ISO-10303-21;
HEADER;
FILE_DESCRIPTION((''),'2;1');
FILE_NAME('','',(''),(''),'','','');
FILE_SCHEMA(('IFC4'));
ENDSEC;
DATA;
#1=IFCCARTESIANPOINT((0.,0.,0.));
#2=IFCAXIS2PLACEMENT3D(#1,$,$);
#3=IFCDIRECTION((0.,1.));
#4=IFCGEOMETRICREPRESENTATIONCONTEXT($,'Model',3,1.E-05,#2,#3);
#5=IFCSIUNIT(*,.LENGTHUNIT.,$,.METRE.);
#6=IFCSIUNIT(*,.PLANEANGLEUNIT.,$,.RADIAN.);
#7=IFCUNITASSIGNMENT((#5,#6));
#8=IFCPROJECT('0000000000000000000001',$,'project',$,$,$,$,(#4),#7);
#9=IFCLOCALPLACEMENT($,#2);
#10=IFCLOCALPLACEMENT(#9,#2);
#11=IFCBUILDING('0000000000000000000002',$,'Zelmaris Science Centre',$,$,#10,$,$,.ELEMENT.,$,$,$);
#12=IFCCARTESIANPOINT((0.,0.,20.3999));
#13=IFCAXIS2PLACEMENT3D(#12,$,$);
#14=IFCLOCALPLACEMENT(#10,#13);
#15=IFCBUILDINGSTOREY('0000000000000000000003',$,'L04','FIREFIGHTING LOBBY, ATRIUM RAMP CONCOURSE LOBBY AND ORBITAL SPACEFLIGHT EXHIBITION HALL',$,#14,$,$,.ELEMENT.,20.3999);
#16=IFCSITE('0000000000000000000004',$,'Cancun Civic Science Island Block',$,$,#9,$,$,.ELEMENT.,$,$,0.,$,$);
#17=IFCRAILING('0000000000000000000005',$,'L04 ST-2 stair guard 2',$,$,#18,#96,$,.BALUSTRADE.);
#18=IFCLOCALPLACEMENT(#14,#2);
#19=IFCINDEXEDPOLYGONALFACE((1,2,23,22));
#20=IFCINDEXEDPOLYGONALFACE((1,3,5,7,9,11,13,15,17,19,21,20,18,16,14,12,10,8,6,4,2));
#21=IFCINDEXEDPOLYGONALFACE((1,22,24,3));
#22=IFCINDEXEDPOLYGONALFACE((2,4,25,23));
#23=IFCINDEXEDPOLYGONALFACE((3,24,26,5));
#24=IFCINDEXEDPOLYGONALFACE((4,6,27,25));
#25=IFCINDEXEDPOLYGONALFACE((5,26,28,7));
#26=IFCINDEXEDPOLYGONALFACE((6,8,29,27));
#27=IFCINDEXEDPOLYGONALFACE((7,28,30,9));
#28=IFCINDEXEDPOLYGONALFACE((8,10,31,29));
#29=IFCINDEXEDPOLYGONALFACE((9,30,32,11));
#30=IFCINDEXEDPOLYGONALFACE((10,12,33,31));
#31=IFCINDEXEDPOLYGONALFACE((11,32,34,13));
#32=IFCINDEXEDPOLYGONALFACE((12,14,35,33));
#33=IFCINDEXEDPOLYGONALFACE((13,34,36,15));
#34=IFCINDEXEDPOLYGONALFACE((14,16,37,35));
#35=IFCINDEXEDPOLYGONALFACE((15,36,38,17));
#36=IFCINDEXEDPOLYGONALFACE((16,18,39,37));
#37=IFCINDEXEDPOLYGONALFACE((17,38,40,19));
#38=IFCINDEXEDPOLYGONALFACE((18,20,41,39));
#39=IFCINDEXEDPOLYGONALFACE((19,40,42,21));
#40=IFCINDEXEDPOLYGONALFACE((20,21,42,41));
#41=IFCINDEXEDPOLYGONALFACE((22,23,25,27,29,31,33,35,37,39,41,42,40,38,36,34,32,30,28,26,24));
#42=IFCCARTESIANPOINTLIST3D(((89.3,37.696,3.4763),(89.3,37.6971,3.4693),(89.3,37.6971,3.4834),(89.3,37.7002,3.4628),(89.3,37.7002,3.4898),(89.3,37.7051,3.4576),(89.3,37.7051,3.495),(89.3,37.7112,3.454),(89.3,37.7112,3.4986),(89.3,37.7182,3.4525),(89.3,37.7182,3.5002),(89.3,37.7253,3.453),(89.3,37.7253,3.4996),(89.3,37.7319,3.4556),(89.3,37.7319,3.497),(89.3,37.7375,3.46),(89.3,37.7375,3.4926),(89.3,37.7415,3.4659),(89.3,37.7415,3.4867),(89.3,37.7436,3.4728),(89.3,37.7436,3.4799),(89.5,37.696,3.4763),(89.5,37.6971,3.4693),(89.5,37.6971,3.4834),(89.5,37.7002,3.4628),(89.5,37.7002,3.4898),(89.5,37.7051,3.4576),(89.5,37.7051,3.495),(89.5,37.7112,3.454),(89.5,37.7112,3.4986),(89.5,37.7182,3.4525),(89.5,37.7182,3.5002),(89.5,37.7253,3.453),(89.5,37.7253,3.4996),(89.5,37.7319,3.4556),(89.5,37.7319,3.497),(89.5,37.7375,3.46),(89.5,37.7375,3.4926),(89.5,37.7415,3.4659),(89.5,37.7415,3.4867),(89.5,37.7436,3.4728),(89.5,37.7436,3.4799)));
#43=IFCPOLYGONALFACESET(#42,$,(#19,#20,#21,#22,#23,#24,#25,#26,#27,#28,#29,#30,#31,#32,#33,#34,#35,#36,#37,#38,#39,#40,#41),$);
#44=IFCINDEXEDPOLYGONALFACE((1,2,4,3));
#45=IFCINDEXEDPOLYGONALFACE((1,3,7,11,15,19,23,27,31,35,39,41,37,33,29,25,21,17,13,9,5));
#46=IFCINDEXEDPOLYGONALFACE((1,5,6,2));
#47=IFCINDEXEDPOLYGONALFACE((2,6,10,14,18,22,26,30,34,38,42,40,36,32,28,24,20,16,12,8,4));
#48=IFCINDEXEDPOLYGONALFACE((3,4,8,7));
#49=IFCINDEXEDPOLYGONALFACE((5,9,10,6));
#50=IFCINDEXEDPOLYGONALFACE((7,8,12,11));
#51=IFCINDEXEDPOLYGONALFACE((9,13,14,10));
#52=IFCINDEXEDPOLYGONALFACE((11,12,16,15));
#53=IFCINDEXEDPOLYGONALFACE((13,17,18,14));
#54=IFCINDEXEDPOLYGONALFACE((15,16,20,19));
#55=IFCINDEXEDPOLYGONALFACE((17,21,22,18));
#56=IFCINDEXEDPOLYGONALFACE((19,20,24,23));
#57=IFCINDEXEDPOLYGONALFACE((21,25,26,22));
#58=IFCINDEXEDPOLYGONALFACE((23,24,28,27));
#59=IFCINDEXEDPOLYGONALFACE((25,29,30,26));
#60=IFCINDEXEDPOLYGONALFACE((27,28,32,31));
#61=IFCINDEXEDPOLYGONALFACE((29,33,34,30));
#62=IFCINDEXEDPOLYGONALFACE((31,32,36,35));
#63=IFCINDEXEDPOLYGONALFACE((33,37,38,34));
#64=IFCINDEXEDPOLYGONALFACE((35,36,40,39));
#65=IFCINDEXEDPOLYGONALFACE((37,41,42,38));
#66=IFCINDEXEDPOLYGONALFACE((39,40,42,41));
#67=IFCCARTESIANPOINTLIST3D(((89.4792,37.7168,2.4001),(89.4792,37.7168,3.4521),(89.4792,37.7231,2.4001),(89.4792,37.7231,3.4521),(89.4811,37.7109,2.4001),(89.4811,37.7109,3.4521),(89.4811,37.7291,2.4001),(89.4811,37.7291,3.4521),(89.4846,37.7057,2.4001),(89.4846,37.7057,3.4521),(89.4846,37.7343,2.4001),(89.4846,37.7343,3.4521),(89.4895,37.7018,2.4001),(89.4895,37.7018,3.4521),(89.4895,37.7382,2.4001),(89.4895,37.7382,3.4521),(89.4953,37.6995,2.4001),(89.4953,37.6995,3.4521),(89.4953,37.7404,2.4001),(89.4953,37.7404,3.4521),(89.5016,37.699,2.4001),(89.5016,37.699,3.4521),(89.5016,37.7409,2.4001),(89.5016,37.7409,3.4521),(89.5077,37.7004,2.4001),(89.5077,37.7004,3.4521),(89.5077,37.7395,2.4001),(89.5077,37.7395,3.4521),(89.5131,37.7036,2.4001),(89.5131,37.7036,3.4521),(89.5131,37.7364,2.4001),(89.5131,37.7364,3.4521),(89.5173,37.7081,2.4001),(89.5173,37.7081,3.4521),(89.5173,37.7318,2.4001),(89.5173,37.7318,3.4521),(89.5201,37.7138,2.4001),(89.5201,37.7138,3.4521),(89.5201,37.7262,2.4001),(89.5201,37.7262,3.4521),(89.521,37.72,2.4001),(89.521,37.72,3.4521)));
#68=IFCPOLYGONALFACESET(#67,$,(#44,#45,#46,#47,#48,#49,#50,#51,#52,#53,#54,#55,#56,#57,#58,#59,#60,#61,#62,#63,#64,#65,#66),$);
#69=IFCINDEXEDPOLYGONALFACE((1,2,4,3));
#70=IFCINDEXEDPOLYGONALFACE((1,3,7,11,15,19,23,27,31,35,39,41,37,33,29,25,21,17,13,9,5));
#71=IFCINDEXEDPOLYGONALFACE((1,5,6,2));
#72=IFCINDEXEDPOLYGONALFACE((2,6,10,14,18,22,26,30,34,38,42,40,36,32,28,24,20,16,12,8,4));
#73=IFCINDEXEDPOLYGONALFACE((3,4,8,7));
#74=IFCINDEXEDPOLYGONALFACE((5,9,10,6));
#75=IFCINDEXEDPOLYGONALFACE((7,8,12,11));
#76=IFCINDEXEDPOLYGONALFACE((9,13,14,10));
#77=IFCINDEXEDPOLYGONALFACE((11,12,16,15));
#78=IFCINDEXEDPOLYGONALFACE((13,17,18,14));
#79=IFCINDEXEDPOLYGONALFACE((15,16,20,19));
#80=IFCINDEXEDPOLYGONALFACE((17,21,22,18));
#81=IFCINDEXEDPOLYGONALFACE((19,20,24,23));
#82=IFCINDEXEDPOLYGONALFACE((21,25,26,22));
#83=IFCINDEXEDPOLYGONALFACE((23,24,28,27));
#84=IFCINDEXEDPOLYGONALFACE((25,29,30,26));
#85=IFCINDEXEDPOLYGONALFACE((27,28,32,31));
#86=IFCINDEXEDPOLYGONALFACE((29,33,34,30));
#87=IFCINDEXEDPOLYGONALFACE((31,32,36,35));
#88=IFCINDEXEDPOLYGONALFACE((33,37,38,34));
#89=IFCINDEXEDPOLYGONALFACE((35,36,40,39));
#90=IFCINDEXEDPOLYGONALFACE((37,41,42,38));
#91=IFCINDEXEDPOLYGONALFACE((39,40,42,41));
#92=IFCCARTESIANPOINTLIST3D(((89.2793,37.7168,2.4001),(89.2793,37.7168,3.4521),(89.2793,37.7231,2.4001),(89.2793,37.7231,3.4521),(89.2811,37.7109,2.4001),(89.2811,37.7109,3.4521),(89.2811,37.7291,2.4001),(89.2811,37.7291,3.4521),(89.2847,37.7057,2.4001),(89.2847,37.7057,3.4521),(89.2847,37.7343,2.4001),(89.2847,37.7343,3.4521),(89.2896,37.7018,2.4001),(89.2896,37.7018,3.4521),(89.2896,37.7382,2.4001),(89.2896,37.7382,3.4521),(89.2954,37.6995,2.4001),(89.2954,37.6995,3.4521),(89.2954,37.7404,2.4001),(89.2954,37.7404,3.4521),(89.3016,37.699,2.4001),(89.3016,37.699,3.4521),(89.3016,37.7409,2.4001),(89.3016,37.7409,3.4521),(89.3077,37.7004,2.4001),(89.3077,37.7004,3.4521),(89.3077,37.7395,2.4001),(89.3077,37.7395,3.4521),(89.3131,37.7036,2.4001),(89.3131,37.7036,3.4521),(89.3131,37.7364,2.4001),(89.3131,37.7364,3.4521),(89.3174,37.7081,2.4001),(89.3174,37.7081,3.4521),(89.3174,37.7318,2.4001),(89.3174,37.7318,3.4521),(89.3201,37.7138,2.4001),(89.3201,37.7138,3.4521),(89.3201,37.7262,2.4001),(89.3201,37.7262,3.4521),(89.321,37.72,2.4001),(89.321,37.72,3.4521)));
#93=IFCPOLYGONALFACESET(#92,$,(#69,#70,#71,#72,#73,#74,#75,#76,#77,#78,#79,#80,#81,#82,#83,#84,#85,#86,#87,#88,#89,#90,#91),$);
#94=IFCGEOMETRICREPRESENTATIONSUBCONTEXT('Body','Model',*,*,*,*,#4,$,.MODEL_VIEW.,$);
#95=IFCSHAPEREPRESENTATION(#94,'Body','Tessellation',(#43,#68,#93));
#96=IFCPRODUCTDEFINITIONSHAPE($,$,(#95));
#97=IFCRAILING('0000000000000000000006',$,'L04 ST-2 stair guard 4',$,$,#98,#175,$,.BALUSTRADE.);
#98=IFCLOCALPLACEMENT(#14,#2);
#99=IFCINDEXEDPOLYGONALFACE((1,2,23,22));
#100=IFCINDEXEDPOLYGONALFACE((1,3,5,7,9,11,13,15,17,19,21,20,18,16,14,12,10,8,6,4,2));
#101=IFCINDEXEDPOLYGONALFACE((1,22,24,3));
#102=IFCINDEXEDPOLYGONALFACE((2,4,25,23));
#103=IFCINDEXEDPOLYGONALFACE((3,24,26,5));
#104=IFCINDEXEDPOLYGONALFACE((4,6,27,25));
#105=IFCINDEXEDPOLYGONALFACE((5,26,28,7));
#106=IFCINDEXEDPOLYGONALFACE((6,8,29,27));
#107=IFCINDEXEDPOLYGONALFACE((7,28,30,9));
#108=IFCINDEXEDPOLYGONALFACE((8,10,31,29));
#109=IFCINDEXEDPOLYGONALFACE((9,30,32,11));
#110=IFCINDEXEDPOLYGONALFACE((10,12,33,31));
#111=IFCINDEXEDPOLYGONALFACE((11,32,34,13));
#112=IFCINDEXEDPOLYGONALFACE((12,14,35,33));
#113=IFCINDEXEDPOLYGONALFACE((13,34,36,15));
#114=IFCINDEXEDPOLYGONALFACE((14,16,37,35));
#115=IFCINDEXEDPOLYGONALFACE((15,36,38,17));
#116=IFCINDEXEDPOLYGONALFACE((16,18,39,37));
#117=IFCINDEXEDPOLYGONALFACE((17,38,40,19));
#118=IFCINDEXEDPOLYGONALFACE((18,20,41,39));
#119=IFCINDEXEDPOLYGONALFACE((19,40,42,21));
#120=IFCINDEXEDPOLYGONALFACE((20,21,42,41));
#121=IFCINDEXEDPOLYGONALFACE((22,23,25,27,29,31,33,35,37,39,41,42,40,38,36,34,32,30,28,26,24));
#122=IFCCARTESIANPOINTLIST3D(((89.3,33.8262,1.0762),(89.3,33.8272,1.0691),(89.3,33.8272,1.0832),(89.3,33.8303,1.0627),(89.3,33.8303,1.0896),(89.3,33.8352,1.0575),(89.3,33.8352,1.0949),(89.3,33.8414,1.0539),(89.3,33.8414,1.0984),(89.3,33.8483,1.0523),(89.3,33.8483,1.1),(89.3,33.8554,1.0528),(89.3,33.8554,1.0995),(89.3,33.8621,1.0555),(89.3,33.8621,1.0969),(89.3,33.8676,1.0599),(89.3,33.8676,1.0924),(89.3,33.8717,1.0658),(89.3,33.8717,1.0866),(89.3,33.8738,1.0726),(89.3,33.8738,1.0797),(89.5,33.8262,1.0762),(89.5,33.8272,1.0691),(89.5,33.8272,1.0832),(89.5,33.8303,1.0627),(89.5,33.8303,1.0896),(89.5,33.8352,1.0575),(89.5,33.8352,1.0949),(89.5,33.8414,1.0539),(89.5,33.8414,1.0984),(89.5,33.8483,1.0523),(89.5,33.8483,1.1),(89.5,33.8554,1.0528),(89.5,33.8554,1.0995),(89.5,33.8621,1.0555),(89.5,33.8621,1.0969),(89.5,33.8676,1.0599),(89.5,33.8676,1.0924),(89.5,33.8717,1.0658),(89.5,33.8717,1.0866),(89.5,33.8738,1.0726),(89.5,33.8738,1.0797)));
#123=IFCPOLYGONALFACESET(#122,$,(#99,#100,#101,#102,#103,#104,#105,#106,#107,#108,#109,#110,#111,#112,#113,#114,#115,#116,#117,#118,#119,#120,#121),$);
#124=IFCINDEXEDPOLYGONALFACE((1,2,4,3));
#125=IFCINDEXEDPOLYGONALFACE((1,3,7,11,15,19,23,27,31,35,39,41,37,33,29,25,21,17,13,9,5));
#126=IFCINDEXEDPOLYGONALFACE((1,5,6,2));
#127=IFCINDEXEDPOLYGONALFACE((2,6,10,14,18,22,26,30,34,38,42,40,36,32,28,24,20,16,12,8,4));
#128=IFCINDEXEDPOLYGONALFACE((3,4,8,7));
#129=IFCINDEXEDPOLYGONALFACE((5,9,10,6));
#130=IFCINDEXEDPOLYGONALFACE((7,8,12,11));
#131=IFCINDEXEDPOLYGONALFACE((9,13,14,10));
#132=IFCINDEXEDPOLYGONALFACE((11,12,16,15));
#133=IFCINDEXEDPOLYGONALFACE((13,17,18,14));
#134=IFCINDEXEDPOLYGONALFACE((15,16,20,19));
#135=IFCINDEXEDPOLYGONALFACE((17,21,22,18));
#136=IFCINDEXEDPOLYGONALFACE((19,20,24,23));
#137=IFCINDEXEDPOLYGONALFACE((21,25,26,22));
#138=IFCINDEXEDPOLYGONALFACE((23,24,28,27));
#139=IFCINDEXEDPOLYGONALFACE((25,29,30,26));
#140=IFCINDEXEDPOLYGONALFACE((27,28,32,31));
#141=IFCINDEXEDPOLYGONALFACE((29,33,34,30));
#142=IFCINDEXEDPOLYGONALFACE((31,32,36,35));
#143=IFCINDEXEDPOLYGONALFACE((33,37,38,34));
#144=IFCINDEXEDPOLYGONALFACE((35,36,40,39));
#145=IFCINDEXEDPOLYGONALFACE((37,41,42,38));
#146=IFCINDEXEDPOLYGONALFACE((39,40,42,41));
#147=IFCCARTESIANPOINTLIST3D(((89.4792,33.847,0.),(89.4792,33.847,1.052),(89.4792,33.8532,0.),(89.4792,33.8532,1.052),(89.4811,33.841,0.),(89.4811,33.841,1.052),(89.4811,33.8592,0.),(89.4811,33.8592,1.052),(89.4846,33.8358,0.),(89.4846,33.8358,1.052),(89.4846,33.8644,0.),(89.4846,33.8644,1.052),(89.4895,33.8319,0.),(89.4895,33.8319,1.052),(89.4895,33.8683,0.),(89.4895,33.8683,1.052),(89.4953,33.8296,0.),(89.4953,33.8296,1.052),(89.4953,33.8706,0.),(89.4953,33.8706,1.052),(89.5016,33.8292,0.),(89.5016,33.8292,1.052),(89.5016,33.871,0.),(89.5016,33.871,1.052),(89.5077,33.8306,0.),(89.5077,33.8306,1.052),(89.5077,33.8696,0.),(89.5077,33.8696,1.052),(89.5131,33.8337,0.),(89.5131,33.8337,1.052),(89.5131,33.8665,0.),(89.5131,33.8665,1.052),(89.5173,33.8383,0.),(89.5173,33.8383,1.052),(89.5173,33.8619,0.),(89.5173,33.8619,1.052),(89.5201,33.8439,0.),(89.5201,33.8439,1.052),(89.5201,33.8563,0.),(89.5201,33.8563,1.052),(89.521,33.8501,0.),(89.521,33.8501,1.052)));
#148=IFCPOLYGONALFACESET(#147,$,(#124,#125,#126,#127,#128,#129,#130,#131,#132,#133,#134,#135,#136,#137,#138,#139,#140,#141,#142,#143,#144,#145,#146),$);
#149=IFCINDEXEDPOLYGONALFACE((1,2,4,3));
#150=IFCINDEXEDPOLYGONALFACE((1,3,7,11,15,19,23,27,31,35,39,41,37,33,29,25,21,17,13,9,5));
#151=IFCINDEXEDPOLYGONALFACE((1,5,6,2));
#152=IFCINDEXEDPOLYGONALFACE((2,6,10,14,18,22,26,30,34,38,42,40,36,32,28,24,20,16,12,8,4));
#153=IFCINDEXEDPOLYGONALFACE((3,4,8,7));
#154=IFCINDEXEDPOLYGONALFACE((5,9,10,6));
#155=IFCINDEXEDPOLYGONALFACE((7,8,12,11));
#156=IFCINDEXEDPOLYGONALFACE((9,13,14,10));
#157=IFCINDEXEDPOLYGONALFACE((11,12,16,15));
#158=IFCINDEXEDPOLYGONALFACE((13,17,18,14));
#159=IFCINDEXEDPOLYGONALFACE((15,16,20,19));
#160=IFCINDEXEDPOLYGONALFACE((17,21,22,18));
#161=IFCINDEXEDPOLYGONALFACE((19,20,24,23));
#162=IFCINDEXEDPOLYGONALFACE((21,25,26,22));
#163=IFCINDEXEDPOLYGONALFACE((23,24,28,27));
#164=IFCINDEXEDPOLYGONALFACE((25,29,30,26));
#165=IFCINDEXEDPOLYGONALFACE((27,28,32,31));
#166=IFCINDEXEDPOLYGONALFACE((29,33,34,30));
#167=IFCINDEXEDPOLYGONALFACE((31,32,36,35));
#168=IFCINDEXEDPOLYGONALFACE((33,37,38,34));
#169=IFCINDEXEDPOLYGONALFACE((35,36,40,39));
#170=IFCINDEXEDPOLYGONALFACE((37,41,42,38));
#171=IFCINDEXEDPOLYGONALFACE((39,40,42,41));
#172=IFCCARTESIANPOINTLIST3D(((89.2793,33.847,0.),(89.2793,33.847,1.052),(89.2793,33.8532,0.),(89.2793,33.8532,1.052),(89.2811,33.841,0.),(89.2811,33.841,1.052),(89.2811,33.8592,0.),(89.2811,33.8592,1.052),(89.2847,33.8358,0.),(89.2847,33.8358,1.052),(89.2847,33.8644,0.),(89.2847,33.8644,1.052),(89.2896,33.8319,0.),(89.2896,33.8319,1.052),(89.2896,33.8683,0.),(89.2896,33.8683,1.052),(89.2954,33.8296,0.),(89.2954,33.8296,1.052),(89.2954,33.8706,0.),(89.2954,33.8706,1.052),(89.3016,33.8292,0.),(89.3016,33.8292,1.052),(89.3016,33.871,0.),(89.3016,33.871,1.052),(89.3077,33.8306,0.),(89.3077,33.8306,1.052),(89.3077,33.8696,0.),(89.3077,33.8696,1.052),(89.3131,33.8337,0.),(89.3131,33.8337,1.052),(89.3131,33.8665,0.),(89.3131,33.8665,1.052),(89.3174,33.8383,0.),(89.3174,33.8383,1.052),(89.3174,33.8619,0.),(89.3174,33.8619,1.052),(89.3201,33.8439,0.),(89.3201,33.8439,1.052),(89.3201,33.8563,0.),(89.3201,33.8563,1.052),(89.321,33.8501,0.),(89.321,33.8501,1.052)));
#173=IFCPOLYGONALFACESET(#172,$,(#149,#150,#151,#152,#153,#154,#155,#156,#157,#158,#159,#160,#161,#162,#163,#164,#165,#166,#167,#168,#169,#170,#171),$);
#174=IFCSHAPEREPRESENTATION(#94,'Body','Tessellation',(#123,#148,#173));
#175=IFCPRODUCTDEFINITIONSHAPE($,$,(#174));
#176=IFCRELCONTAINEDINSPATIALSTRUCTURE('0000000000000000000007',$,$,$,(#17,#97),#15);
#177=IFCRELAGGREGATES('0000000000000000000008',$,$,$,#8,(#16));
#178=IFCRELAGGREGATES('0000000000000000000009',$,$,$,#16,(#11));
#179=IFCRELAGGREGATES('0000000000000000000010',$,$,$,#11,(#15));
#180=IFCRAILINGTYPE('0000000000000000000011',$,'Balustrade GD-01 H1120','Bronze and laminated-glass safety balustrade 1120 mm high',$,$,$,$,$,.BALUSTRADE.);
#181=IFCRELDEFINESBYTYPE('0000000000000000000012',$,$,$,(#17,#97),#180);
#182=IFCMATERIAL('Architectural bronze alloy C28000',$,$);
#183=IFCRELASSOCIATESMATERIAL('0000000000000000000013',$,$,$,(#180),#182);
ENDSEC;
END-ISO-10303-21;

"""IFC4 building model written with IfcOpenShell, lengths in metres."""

from ifc_helpers import new_model, si_unit, direction, frame, origin, origin_2d, place, context, subcontext, project, spatial, circle, extrude, material, type_object, element, save


model = new_model("IFC4")

# Units and contexts
model_context = context("Model", 3, precision=1e-05, world=origin(), true_north=direction((0.0, 1.0)))
body_context = subcontext(model_context, "Body", "Model", "MODEL_VIEW")
ifc_project = project(units=[si_unit("LENGTHUNIT", "METRE"), si_unit("PLANEANGLEUNIT", "RADIAN")], contexts=[model_context])

# Site, building, storey
site_placement = place(None, origin())
site = spatial("IfcSite", under=ifc_project, at=site_placement, Name="Cancun Civic Science Island Block", CompositionType="ELEMENT", RefElevation=0.0)
building_placement = place(site_placement, origin())
building = spatial("IfcBuilding", under=site, at=building_placement, Name="Zelmaris Science Centre", CompositionType="ELEMENT")
storey_placement = place(building_placement, frame((0.0, 0.0, 20.3999)))
storey = spatial("IfcBuildingStorey", under=building, at=storey_placement, Name="L04", Description="FIREFIGHTING LOBBY, ATRIUM RAMP CONCOURSE LOBBY AND ORBITAL SPACEFLIGHT EXHIBITION HALL", CompositionType="ELEMENT", Elevation=20.3999)

# Railings
ifc_material_1 = material(Name="Architectural bronze alloy C28000")
railing_type_1 = type_object("IfcRailingType", Name="Balustrade GD-01 H1120", Description="Bronze and laminated-glass safety balustrade 1120 mm high", PredefinedType="BALUSTRADE", material=ifc_material_1)
for number, where, name in (
    (1, (89.5, 37.72, 2.4001), "L04 ST-2 stair guard 2"),
    (2, (89.5, 33.8501, 0.0), "L04 ST-2 stair guard 4"),
):
    element("IfcRailing", number, at=place(storey_placement, frame(where)), inside=storey, type_object=railing_type_1, Name=name, PredefinedType="BALUSTRADE", context=body_context, shape_type="SweptSolid", body=[
        extrude(circle(Radius=0.0239, at=origin_2d()), frame((0.0, 0.0, 1.0762), z_axis=(-1.0, 0.0, 0.0), x_axis=(0.0, -1.0, 0.0)), (0.0, 0.0, 1.0), 0.2),
        extrude(circle(Radius=0.021, at=origin_2d()), origin(), (0.0, 0.0, 1.0), 1.052),
        extrude(circle(Radius=0.021, at=origin_2d()), frame((-0.2, 0.0, 0.0)), (0.0, 0.0, 1.0), 1.052),
    ])

save(model, "model.ifc")
